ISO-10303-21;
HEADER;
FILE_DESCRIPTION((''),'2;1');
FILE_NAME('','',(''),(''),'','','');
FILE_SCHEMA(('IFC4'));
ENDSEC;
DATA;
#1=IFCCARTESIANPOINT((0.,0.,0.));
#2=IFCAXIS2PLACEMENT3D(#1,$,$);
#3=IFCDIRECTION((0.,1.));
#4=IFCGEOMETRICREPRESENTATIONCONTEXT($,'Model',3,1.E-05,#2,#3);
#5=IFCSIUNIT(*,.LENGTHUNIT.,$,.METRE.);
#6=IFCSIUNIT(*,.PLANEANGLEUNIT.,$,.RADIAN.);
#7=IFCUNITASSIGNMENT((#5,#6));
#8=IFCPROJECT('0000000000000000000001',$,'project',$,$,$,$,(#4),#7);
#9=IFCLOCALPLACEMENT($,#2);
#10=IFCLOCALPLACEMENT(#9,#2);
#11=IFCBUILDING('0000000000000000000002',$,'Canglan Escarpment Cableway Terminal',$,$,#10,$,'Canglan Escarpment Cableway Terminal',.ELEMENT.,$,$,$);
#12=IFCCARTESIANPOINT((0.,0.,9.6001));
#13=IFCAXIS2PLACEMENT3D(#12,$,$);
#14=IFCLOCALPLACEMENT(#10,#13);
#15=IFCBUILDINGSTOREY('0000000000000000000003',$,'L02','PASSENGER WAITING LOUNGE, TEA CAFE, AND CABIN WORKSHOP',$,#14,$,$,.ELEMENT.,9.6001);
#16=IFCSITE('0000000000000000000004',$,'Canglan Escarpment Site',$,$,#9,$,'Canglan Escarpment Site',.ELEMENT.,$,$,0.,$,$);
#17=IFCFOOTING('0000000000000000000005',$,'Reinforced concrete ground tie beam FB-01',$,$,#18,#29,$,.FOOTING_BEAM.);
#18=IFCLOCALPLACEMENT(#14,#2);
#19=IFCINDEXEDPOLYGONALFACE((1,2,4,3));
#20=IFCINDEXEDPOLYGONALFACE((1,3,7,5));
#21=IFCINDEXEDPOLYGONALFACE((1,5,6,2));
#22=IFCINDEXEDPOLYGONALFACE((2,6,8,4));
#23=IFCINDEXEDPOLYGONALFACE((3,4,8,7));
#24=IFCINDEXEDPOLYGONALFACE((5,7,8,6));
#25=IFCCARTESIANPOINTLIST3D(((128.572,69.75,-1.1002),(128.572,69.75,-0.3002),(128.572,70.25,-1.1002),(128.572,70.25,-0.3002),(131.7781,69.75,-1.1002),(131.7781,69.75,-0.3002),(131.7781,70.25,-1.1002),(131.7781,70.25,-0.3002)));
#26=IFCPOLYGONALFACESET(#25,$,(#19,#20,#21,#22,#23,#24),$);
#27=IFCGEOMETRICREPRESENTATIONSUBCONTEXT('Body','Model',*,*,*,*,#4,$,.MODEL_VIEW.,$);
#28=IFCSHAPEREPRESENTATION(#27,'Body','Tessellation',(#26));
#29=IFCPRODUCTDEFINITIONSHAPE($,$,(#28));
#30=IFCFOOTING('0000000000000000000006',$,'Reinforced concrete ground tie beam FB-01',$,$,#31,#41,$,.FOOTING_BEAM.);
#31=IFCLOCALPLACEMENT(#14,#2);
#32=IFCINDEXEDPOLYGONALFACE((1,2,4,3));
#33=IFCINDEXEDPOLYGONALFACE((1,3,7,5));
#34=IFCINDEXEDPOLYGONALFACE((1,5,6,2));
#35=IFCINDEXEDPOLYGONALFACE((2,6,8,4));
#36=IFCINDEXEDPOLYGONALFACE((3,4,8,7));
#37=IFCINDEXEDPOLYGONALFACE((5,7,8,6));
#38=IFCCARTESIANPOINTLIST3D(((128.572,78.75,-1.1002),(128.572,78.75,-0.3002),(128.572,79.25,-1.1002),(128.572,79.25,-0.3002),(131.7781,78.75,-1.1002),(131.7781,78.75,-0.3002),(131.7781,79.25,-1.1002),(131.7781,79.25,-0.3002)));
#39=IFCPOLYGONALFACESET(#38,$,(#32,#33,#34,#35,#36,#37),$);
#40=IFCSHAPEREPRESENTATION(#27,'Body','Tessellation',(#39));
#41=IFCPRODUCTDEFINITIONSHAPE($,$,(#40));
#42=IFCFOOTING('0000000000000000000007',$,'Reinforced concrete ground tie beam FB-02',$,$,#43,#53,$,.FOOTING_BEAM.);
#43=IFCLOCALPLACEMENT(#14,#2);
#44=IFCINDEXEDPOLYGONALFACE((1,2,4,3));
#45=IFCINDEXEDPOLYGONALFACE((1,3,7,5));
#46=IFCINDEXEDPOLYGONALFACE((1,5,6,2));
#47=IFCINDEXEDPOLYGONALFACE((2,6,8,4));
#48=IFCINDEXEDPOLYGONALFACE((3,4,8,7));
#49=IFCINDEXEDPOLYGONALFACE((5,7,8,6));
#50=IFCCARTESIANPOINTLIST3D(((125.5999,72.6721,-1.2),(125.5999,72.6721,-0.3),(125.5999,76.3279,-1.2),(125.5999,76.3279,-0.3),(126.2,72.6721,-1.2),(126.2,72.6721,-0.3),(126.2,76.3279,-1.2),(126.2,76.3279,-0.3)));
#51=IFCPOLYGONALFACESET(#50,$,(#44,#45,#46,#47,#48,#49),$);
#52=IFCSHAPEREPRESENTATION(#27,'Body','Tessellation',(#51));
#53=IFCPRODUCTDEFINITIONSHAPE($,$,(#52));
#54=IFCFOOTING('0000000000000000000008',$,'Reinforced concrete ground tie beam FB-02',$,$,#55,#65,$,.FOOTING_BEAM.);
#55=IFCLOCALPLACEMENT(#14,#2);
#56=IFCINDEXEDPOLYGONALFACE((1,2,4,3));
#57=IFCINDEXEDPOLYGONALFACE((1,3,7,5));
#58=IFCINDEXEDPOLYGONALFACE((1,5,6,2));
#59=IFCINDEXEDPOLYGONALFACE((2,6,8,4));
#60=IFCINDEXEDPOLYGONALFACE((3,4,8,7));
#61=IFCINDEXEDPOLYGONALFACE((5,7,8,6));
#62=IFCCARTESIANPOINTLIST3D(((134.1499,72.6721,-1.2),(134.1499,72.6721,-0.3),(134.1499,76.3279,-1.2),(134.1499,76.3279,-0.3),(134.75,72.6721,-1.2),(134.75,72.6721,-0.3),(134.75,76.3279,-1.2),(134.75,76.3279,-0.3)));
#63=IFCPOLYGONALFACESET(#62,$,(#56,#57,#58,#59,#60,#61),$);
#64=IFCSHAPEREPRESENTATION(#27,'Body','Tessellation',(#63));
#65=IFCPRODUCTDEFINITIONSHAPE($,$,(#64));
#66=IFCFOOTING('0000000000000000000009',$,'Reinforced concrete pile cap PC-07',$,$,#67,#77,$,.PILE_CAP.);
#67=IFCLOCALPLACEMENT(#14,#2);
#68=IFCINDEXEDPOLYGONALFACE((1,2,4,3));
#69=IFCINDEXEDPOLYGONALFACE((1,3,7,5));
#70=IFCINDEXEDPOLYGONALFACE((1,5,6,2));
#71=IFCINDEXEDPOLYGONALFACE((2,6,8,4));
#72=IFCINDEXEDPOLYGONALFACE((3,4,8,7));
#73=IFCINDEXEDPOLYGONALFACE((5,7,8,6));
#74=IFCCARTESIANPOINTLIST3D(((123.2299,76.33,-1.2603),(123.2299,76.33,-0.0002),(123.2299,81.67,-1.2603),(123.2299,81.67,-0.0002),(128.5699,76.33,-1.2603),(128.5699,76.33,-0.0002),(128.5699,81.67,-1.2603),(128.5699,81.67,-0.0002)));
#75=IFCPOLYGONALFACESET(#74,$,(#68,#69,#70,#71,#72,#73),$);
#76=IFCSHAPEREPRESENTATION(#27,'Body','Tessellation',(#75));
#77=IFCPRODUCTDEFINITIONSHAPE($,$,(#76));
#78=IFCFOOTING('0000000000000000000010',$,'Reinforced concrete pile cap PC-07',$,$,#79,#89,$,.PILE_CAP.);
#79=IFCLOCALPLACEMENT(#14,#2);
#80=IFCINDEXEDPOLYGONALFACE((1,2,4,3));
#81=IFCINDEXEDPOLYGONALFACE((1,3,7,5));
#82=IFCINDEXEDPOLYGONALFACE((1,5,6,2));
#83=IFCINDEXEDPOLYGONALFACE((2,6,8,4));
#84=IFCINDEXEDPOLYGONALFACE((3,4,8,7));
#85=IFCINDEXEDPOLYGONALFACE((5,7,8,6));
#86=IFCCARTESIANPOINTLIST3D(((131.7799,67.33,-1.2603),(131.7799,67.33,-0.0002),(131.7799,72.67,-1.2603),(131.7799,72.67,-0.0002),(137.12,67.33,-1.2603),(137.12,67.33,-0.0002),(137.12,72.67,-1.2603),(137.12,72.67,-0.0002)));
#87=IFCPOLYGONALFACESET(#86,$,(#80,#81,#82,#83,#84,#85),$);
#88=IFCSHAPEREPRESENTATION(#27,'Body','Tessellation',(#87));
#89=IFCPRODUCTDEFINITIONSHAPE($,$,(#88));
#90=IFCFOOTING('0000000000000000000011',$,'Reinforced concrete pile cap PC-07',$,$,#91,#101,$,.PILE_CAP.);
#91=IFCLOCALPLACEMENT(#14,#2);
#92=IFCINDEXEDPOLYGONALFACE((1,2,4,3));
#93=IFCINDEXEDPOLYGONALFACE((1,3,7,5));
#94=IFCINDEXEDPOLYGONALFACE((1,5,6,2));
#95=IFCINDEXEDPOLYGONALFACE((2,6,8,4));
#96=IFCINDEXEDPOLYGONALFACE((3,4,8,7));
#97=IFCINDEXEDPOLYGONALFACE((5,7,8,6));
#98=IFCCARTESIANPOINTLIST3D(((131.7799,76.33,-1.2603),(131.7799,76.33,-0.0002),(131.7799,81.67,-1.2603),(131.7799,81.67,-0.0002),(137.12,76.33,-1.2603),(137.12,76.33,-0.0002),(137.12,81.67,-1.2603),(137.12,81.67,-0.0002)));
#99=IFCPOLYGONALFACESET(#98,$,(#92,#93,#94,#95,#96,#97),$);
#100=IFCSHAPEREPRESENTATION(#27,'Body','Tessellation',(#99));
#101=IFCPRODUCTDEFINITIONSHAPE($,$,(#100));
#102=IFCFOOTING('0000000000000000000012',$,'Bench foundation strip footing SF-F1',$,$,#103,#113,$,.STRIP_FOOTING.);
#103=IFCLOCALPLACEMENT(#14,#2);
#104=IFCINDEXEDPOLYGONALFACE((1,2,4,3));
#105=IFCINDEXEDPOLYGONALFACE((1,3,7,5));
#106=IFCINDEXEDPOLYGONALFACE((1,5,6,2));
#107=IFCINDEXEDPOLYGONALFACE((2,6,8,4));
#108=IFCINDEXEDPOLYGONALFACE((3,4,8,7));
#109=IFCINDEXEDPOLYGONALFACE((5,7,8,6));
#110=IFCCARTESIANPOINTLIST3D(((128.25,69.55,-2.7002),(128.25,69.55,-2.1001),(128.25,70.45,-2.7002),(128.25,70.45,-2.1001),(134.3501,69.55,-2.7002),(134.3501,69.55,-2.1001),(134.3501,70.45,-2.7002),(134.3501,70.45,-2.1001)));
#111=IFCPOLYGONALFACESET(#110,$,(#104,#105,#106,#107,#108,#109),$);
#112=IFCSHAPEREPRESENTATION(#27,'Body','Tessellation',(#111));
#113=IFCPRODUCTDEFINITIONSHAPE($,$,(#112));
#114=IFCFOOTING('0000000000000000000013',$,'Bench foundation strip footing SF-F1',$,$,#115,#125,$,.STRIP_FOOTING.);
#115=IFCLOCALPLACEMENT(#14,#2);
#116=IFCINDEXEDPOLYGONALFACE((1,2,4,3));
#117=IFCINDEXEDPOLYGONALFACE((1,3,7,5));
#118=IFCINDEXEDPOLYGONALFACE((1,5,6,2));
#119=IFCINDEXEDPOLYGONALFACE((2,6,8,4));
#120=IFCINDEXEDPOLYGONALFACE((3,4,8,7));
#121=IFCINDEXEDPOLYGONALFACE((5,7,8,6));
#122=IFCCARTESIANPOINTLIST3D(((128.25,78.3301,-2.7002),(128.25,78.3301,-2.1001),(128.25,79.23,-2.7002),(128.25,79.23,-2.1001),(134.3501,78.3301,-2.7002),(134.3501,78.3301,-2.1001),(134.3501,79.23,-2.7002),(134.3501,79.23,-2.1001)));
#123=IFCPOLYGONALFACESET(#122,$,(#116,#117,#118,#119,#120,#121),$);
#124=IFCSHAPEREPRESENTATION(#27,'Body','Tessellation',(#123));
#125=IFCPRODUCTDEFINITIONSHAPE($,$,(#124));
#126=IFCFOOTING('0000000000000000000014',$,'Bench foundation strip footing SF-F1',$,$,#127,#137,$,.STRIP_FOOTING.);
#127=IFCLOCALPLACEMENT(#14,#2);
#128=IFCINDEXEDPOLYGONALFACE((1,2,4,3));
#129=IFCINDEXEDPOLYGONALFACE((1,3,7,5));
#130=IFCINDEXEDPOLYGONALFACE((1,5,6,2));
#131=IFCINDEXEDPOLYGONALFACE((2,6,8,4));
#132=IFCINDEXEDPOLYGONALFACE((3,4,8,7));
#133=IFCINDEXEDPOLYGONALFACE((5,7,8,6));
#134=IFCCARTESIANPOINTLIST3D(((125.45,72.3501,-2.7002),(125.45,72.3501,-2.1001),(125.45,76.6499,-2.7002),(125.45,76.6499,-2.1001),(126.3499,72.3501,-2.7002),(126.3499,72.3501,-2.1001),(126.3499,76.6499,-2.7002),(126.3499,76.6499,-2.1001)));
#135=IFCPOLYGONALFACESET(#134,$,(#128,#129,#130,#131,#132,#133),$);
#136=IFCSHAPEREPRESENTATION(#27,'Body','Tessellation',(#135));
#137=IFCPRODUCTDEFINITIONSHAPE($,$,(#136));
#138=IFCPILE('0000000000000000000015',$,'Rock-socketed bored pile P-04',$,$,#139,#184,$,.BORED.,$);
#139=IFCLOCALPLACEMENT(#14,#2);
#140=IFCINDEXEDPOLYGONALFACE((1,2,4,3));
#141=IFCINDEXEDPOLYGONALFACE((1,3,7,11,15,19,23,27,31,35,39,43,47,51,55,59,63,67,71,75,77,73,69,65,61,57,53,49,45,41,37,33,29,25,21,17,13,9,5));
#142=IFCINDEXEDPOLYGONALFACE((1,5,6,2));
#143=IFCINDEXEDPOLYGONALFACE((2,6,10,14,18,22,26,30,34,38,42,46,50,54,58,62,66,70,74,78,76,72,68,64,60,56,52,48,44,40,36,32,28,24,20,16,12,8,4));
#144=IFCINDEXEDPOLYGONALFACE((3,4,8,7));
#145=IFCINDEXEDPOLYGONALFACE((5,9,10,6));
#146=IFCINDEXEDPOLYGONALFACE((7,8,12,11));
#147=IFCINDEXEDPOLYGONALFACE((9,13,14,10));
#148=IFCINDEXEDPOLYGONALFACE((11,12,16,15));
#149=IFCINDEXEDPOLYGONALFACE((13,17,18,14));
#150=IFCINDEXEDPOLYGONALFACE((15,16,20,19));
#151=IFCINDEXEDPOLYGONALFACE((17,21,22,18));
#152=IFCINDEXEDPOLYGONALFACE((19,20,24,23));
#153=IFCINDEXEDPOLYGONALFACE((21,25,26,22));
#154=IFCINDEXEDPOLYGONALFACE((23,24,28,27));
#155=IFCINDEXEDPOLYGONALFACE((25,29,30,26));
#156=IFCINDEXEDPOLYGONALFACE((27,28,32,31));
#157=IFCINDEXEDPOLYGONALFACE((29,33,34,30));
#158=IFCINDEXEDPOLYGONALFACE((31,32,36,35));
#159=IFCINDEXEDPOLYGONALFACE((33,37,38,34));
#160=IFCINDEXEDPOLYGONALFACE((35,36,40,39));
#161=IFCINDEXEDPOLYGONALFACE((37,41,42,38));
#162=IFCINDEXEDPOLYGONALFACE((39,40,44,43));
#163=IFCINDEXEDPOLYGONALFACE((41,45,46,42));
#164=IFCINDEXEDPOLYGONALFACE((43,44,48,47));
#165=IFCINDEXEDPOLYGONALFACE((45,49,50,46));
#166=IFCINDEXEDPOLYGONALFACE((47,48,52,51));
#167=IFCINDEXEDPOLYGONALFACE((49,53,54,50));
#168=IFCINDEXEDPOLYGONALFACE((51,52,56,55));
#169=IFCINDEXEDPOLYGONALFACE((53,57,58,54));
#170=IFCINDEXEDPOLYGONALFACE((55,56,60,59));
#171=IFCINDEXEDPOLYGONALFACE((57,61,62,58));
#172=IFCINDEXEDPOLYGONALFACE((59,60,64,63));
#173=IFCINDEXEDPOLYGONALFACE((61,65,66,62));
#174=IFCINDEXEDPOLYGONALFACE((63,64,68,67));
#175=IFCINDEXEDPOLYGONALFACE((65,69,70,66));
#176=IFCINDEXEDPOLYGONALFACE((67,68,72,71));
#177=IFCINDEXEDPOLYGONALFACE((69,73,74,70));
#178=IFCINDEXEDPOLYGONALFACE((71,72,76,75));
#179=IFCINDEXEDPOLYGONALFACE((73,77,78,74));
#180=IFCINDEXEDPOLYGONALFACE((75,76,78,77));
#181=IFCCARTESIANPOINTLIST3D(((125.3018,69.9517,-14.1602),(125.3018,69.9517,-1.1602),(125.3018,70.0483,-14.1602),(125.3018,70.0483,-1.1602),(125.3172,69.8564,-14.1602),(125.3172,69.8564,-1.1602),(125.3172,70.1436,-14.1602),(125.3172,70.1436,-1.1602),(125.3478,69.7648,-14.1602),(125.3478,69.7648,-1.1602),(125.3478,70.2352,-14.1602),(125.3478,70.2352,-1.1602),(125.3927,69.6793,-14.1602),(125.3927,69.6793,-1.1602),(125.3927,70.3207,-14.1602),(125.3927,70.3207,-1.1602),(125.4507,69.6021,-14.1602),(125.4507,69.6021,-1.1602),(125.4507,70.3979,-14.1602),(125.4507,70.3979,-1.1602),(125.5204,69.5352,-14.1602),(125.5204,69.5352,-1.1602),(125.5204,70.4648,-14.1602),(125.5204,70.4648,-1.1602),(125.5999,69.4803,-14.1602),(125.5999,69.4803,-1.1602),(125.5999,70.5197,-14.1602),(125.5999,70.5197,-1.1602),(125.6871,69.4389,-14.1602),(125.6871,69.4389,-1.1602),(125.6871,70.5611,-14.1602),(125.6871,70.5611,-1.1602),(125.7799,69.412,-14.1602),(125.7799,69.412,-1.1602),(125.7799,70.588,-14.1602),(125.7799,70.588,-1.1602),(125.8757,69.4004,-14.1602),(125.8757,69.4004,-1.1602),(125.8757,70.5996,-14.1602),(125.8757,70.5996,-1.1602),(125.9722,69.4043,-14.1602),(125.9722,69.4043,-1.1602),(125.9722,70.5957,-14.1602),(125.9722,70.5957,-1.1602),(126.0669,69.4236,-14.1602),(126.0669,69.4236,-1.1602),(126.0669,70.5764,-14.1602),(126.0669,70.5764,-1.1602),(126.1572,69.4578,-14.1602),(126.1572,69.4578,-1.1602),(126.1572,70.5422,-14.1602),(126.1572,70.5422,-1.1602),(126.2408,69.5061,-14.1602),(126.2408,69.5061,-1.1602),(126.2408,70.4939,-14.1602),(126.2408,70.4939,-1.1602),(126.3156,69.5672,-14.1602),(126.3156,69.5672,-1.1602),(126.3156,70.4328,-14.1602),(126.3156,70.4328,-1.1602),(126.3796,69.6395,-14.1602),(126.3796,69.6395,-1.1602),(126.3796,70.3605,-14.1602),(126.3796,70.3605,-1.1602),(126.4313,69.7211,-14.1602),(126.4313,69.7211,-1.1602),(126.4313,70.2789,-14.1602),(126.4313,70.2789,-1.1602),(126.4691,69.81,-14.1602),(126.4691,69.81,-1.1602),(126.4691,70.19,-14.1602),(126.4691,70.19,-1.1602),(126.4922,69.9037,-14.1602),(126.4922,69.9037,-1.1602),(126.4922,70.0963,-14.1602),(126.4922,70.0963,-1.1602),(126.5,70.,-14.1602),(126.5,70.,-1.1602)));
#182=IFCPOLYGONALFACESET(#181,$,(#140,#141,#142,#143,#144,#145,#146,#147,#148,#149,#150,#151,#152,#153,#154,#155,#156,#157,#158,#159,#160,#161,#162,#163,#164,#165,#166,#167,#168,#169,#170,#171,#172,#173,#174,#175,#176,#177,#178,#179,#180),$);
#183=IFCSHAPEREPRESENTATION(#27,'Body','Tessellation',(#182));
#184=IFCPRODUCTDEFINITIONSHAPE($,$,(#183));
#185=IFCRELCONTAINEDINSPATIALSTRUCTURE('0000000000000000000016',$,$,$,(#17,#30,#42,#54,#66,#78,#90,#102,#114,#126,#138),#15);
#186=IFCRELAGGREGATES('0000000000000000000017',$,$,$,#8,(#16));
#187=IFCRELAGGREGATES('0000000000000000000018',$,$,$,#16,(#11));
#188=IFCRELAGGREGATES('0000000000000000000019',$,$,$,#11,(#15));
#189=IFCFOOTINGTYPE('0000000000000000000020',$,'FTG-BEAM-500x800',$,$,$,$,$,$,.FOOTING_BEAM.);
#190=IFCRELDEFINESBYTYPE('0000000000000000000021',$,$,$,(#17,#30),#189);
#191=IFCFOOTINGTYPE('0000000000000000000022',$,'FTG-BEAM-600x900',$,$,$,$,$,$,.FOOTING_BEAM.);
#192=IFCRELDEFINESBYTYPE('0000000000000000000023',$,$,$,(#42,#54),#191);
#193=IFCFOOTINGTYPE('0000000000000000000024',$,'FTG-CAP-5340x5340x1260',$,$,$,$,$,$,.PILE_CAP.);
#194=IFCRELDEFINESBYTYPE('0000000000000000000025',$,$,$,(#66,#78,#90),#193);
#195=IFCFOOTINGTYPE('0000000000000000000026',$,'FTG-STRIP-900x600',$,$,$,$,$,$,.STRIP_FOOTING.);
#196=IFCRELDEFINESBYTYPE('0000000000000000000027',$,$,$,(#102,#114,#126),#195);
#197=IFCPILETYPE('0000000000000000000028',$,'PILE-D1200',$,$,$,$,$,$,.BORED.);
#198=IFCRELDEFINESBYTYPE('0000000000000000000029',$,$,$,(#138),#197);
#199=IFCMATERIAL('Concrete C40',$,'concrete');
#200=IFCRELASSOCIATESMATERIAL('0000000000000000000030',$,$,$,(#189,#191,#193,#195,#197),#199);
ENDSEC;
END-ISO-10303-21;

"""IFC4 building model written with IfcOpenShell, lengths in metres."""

from ifc_helpers import new_model, si_unit, direction, frame, origin, origin_2d, place, context, subcontext, project, spatial, rectangle, circle, extrude, material, material_profile, profile_set, type_object, element, save


model = new_model("IFC4")

# Units and contexts
model_context = context("Model", 3, precision=1e-05, world=origin(), true_north=direction((0.0, 1.0)))
body_context = subcontext(model_context, "Body", "Model", "MODEL_VIEW")
ifc_project = project(units=[si_unit("LENGTHUNIT", "METRE"), si_unit("PLANEANGLEUNIT", "RADIAN")], contexts=[model_context])

# Site, building, storey
site_placement = place(None, origin())
site = spatial("IfcSite", under=ifc_project, at=site_placement, Name="Canglan Escarpment Site", LongName="Canglan Escarpment Site", CompositionType="ELEMENT", RefElevation=0.0)
building_placement = place(site_placement, origin())
building = spatial("IfcBuilding", under=site, at=building_placement, Name="Canglan Escarpment Cableway Terminal", LongName="Canglan Escarpment Cableway Terminal", CompositionType="ELEMENT")
storey_placement = place(building_placement, frame((0.0, 0.0, 9.6001)))
storey = spatial("IfcBuildingStorey", under=building, at=storey_placement, Name="L02", Description="PASSENGER WAITING LOUNGE, TEA CAFE, AND CABIN WORKSHOP", CompositionType="ELEMENT", Elevation=9.6001)

# Footings
ifc_material_1 = material(Name="Concrete C40", Category="concrete")
ifc_material_profile_1 = material_profile(ifc_material_1, rectangle(XDim=0.5, YDim=0.8, at=origin_2d()), Name="FB 500x800")
ifc_profile_set_1 = profile_set([ifc_material_profile_1], Name="Concrete C40")
footing_type_1 = type_object("IfcFootingType", Name="FTG-BEAM-500x800", PredefinedType="FOOTING_BEAM", material=ifc_profile_set_1)
for number, where, z_axis, x_axis, name in (
    (1, (128.572, 70.0, -0.7002), (1.0, 0.0, 0.0), (0.0, 1.0, 0.0), "Reinforced concrete ground tie beam FB-01"),
    (2, (128.572, 79.0, -0.7002), (1.0, 0.0, 0.0), (0.0, 1.0, 0.0), "Reinforced concrete ground tie beam FB-01"),
):
    element("IfcFooting", number, at=place(storey_placement, frame(where, z_axis=z_axis, x_axis=x_axis)), inside=storey, type_object=footing_type_1, Name=name, PredefinedType="FOOTING_BEAM", context=body_context, shape_type="SweptSolid", body=[
        extrude(rectangle(XDim=0.5, YDim=0.8, at=origin_2d()), origin(), (0.0, 0.0, 1.0), 3.2061),
    ])
ifc_material_profile_2 = material_profile(ifc_material_1, rectangle(XDim=0.6001, YDim=0.8999, at=origin_2d()), Name="FB 600x900")
ifc_profile_set_2 = profile_set([ifc_material_profile_2], Name="Concrete C40")
footing_type_2 = type_object("IfcFootingType", Name="FTG-BEAM-600x900", PredefinedType="FOOTING_BEAM", material=ifc_profile_set_2)
for number, where, z_axis, x_axis, name in (
    (3, (125.8999, 72.6721, -0.75), (0.0, 1.0, 0.0), (-1.0, 0.0, 0.0), "Reinforced concrete ground tie beam FB-02"),
    (4, (134.45, 72.6721, -0.75), (0.0, 1.0, 0.0), (-1.0, 0.0, 0.0), "Reinforced concrete ground tie beam FB-02"),
):
    element("IfcFooting", number, at=place(storey_placement, frame(where, z_axis=z_axis, x_axis=x_axis)), inside=storey, type_object=footing_type_2, Name=name, PredefinedType="FOOTING_BEAM", context=body_context, shape_type="SweptSolid", body=[
        extrude(rectangle(XDim=0.6001, YDim=0.8999, at=origin_2d()), origin(), (0.0, 0.0, 1.0), 3.6558),
    ])
footing_type_3 = type_object("IfcFootingType", Name="FTG-CAP-5340x5340x1260", PredefinedType="PILE_CAP", material=ifc_material_1)
for number, where, z_axis, x_axis, name in (
    (5, (125.8999, 79.0, -1.2603), (0.0, 0.0, 1.0), (1.0, 0.0, 0.0), "Reinforced concrete pile cap PC-07"),
    (6, (134.45, 70.0, -1.2603), (0.0, 0.0, 1.0), (1.0, 0.0, 0.0), "Reinforced concrete pile cap PC-07"),
    (7, (134.45, 79.0, -1.2603), (0.0, 0.0, 1.0), (1.0, 0.0, 0.0), "Reinforced concrete pile cap PC-07"),
):
    element("IfcFooting", number, at=place(storey_placement, frame(where, z_axis=z_axis, x_axis=x_axis)), inside=storey, type_object=footing_type_3, Name=name, PredefinedType="PILE_CAP", context=body_context, shape_type="SweptSolid", body=[
        extrude(rectangle(XDim=5.3401, YDim=5.3401, at=origin_2d()), origin(), (0.0, 0.0, 1.0), 1.26),
    ])
ifc_material_profile_3 = material_profile(ifc_material_1, rectangle(XDim=0.8999, YDim=0.6001, at=origin_2d()), Name="SF 900x600")
ifc_profile_set_3 = profile_set([ifc_material_profile_3], Name="Concrete C40")
footing_type_4 = type_object("IfcFootingType", Name="FTG-STRIP-900x600", PredefinedType="STRIP_FOOTING", material=ifc_profile_set_3)
for number, where, z_axis, x_axis, name in (
    (8, (128.25, 70.0, -2.4001), (1.0, 0.0, 0.0), (0.0, 1.0, 0.0), "Bench foundation strip footing SF-F1"),
    (9, (128.25, 78.78, -2.4001), (1.0, 0.0, 0.0), (0.0, 1.0, 0.0), "Bench foundation strip footing SF-F1"),
):
    element("IfcFooting", number, at=place(storey_placement, frame(where, z_axis=z_axis, x_axis=x_axis)), inside=storey, type_object=footing_type_4, Name=name, PredefinedType="STRIP_FOOTING", context=body_context, shape_type="SweptSolid", body=[
        extrude(rectangle(XDim=0.8999, YDim=0.6001, at=origin_2d()), origin(), (0.0, 0.0, 1.0), 6.1001),
    ])
footing_placement = place(storey_placement, frame((125.8999, 72.3501, -2.4001), z_axis=(0.0, 1.0, 0.0), x_axis=(-1.0, 0.0, 0.0)))
element("IfcFooting", 10, at=footing_placement, inside=storey, type_object=footing_type_4, Name="Bench foundation strip footing SF-F1", PredefinedType="STRIP_FOOTING", context=body_context, shape_type="SweptSolid", body=[
    extrude(rectangle(XDim=0.8999, YDim=0.6001, at=origin_2d()), origin(), (0.0, 0.0, 1.0), 4.2998),
])

# Pile
ifc_material_profile_4 = material_profile(ifc_material_1, circle(Radius=0.6001, at=origin_2d()), Name="BORED PILE D1200")
ifc_profile_set_4 = profile_set([ifc_material_profile_4], Name="Concrete C40")
pile_type = type_object("IfcPileType", Name="PILE-D1200", PredefinedType="BORED", material=ifc_profile_set_4)
for number, where, z_axis, x_axis, name in (
    (11, (125.8999, 70.0, -1.1602), (0.0, 0.0, -1.0), (1.0, 0.0, 0.0), "Rock-socketed bored pile P-04"),
):
    element("IfcPile", number, at=place(storey_placement, frame(where, z_axis=z_axis, x_axis=x_axis)), inside=storey, type_object=pile_type, Name=name, PredefinedType="BORED", context=body_context, shape_type="SweptSolid", body=[
        extrude(circle(Radius=0.6001, at=origin_2d()), origin(), (0.0, 0.0, 1.0), 13.0),
    ])

save(model, "model.ifc")
